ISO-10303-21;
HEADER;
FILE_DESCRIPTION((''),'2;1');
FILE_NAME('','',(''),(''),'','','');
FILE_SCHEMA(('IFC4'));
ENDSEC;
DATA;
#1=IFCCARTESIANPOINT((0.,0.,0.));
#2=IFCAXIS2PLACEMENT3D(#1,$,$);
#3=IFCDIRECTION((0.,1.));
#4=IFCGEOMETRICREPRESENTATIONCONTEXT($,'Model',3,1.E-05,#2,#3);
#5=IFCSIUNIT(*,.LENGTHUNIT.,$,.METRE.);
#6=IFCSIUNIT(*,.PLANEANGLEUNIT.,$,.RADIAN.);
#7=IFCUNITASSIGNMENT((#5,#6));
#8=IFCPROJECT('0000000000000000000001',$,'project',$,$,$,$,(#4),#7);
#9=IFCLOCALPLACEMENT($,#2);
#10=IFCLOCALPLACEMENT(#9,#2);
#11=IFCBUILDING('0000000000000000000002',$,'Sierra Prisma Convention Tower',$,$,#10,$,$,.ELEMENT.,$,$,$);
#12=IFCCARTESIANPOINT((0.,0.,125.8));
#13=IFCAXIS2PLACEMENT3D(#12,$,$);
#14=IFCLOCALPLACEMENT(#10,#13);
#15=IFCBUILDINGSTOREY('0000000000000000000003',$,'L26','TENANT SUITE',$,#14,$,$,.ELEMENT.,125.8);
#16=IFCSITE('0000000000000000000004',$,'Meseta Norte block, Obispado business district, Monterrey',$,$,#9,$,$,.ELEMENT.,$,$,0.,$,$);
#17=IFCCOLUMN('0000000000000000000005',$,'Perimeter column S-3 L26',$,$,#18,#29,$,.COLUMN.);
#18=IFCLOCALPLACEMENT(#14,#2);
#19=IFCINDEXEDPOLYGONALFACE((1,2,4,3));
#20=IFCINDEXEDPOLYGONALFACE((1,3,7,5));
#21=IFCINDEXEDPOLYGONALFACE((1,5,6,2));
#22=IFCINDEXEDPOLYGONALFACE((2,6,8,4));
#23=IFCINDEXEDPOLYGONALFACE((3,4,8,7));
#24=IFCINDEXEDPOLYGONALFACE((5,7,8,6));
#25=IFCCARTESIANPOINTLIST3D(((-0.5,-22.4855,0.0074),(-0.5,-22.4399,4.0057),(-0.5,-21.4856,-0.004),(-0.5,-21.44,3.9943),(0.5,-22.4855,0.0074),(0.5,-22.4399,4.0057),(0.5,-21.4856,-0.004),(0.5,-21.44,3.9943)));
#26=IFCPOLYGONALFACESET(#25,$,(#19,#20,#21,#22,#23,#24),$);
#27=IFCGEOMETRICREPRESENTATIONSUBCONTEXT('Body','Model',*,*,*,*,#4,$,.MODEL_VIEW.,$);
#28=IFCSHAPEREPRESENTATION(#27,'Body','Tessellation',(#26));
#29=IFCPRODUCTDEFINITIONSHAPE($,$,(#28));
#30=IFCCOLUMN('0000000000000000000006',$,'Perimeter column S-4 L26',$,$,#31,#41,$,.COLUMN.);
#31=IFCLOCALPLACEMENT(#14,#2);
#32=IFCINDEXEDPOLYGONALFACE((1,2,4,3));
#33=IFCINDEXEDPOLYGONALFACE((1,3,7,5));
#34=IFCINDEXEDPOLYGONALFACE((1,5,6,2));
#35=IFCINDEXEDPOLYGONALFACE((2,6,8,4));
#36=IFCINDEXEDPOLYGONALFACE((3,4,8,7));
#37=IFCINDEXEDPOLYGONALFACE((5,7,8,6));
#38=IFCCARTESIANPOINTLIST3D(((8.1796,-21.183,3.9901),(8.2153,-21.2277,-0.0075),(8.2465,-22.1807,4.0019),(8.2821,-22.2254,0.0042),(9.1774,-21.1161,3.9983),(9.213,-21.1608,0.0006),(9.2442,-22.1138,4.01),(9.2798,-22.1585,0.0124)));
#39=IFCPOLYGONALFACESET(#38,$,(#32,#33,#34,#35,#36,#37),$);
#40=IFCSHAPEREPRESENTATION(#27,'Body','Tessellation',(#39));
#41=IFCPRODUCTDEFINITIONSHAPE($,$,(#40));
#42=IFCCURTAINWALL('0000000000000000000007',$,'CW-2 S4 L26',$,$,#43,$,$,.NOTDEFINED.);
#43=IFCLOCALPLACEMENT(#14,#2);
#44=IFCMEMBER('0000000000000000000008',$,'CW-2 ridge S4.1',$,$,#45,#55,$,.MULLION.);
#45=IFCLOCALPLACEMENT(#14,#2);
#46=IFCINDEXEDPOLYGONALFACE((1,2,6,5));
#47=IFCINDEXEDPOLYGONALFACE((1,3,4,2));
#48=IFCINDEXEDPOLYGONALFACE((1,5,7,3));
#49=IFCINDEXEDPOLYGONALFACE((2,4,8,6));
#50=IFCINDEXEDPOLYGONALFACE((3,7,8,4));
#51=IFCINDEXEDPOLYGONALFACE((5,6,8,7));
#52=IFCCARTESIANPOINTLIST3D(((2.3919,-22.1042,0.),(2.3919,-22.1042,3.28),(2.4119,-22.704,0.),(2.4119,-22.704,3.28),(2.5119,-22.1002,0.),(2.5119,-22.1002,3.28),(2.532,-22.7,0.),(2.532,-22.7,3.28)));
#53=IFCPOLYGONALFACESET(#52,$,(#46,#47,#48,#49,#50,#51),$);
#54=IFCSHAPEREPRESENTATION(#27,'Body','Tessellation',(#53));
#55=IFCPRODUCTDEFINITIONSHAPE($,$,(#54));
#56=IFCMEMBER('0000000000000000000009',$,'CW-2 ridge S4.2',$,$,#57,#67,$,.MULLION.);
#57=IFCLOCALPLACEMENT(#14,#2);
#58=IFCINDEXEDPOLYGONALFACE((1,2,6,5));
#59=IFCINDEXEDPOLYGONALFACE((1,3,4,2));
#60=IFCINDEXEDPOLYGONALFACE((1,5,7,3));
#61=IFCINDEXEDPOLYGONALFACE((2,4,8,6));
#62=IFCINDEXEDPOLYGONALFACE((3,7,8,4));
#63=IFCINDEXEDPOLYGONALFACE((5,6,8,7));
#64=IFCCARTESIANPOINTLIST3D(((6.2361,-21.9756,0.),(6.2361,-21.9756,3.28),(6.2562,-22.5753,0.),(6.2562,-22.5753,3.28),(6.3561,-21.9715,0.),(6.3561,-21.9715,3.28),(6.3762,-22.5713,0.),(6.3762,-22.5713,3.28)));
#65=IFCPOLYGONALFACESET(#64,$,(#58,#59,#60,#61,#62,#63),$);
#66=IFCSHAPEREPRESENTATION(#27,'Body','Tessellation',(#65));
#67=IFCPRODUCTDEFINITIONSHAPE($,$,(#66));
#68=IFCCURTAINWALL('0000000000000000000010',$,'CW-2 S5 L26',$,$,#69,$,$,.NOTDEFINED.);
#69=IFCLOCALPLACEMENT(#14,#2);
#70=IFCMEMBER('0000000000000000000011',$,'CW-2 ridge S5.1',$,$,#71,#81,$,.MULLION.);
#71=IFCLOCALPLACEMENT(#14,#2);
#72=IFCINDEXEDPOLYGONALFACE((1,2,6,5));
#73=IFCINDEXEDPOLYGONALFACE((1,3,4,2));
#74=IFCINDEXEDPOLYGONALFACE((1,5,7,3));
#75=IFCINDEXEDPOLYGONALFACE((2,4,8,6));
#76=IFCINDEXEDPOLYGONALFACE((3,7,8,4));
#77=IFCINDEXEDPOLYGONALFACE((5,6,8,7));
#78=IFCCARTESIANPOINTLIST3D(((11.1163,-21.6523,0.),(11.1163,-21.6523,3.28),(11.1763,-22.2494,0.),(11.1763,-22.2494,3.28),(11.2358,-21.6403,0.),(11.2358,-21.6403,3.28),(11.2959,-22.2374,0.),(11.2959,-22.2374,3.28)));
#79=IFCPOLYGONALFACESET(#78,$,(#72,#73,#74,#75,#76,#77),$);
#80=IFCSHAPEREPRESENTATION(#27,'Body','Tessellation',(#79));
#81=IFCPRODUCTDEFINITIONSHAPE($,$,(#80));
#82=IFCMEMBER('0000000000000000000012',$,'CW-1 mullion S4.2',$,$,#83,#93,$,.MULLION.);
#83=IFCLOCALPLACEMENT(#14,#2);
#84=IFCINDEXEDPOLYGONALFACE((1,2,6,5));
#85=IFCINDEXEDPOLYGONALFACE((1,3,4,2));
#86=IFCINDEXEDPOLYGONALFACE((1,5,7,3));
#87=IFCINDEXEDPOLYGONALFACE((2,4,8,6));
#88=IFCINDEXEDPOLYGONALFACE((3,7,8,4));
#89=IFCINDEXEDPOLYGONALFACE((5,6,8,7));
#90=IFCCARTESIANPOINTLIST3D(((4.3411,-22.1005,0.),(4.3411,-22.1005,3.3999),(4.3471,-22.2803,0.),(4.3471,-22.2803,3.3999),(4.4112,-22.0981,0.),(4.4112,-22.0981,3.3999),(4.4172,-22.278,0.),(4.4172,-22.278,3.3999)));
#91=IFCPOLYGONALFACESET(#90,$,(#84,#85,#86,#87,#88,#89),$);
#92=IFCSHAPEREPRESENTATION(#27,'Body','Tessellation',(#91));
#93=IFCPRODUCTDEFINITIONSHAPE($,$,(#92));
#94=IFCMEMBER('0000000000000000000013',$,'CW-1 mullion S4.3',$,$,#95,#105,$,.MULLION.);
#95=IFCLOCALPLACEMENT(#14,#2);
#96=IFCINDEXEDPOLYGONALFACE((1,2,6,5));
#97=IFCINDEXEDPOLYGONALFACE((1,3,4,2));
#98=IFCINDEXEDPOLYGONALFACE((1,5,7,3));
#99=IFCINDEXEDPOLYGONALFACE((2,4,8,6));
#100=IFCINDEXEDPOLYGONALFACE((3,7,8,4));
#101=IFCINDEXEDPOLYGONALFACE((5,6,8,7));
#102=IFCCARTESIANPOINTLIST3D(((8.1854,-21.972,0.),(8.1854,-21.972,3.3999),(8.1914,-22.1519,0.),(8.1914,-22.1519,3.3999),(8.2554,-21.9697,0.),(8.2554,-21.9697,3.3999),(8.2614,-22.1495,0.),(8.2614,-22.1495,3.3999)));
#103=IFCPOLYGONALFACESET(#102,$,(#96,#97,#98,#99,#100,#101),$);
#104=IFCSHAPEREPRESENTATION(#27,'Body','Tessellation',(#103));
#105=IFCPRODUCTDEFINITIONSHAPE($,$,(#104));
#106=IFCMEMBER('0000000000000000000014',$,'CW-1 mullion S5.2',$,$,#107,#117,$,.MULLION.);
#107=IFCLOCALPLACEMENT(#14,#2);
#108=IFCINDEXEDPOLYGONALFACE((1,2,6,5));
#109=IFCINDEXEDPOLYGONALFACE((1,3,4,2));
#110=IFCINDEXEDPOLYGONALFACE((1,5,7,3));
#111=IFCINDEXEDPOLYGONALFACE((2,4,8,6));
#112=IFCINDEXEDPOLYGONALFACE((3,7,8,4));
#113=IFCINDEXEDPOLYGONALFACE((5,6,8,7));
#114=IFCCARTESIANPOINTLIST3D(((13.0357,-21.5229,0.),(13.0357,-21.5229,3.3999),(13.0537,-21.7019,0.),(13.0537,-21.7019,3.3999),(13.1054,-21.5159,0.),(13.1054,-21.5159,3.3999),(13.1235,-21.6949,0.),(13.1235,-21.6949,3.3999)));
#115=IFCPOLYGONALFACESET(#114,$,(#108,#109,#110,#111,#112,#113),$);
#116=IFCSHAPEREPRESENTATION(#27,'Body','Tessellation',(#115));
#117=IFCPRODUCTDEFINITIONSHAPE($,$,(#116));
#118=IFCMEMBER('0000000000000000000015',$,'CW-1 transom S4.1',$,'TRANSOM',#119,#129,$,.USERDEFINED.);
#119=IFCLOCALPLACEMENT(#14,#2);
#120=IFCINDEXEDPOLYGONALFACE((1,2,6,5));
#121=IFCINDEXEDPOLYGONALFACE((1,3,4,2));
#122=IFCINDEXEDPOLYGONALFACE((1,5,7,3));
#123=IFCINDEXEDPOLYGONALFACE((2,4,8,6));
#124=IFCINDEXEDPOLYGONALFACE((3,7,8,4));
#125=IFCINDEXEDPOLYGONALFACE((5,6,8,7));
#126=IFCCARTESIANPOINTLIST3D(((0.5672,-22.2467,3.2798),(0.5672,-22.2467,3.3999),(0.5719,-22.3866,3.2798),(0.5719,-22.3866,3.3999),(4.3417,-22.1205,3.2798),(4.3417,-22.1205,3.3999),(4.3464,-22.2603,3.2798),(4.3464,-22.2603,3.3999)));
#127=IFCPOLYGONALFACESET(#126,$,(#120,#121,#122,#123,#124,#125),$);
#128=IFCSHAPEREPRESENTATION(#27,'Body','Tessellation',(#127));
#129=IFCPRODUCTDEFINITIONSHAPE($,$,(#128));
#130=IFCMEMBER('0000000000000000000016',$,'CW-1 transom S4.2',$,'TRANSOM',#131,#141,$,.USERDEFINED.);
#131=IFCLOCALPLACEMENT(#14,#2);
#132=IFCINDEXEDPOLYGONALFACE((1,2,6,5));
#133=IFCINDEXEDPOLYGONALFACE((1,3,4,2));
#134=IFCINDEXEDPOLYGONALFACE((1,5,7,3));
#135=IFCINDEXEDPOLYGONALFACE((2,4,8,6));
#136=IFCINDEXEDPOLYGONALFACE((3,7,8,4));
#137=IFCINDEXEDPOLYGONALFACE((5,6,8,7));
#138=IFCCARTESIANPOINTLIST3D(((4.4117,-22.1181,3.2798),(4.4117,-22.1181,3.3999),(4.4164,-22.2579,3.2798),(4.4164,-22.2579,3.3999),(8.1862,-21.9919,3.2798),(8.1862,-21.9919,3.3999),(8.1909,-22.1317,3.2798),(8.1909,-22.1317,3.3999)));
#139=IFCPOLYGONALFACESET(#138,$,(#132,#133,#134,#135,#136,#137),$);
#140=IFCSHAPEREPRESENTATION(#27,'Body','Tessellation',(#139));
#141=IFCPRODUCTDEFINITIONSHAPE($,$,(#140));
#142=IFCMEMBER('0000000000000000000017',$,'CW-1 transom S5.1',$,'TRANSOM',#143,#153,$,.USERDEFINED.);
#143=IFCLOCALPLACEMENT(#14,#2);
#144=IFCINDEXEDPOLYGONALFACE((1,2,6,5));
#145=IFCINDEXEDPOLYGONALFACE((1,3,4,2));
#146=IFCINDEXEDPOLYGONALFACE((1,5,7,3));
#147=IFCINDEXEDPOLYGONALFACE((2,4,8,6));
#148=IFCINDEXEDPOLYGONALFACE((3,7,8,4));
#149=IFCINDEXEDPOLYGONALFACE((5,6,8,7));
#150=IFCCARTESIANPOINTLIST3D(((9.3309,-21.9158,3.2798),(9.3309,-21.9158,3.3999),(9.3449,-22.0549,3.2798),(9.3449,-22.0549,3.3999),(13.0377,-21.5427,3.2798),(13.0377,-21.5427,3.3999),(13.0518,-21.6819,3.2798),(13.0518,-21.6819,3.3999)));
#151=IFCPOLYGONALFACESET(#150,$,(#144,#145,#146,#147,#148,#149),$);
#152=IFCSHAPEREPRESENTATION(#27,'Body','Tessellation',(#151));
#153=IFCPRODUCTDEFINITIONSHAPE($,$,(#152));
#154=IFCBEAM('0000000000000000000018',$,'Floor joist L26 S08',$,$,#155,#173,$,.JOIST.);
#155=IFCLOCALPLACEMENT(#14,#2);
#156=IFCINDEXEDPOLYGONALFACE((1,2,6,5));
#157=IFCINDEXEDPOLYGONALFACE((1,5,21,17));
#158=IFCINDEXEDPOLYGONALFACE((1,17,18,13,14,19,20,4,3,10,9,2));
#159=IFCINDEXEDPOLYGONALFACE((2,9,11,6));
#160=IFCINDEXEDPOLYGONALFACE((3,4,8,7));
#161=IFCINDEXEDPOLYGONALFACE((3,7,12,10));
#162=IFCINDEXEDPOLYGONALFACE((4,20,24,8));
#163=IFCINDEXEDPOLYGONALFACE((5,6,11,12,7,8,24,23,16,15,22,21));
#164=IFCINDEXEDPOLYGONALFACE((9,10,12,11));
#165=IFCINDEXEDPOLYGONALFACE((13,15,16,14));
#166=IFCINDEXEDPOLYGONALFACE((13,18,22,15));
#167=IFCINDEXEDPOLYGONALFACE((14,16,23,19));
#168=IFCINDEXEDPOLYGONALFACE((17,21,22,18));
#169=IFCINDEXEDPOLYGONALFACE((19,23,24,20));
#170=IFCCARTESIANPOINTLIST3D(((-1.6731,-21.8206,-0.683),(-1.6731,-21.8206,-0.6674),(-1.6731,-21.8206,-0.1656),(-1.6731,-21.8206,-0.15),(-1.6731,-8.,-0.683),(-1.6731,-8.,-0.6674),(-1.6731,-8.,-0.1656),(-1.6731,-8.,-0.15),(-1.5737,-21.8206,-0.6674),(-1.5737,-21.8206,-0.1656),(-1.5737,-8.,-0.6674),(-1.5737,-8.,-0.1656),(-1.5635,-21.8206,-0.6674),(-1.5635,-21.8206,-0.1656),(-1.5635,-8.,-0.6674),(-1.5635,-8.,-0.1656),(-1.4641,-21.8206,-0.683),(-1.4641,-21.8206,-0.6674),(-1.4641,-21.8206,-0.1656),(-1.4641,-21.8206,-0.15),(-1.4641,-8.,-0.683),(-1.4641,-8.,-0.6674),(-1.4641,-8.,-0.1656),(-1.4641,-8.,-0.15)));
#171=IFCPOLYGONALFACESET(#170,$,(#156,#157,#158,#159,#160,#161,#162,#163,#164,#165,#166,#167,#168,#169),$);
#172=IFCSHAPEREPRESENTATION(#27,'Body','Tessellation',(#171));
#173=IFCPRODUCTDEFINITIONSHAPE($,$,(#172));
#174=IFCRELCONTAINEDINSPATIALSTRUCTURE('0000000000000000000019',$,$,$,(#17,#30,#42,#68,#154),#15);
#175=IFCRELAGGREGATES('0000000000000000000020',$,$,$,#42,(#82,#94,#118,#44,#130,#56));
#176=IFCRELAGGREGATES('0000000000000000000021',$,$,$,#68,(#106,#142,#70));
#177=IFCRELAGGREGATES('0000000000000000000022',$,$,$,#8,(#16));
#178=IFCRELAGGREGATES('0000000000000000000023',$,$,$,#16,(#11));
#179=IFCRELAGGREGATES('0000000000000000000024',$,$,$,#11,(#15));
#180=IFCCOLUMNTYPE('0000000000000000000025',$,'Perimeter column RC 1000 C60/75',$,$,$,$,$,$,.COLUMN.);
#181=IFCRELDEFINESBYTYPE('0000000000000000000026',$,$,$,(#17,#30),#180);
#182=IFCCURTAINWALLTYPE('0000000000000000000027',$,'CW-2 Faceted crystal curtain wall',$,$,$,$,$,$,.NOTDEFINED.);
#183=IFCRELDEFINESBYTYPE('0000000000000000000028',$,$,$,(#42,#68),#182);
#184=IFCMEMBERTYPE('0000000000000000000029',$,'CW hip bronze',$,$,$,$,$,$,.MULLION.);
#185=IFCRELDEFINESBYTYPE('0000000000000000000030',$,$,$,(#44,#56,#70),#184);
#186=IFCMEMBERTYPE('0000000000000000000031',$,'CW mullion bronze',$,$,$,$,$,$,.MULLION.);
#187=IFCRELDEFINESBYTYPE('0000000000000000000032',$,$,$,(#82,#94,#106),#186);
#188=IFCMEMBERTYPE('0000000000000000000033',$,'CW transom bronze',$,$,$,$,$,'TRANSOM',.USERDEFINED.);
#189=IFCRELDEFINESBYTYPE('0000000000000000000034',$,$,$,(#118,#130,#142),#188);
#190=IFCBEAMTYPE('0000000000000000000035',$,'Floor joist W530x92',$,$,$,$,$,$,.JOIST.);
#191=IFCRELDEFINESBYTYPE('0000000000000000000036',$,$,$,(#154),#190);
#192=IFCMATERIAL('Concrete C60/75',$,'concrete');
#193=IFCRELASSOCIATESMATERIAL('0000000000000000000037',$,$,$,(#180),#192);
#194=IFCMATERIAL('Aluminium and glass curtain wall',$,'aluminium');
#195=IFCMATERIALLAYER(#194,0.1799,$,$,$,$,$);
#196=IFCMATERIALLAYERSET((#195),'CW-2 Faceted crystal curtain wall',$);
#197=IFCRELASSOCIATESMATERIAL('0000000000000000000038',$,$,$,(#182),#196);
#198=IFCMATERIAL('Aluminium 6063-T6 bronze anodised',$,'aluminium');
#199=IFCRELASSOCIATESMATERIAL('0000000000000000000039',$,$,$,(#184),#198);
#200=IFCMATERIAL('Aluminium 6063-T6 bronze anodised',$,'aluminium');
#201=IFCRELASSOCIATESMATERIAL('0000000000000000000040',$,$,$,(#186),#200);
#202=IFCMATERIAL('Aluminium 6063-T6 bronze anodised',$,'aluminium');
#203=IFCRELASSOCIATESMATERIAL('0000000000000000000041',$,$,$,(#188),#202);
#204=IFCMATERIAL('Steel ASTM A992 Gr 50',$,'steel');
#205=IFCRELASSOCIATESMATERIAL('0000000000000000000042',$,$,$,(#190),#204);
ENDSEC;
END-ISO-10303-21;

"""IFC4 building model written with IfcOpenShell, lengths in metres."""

from ifc_helpers import new_model, si_unit, direction, frame, origin, origin_2d, place, context, subcontext, project, spatial, rectangle, i_section, extrude, clip, halfspace, material, layer, layer_set, material_profile, profile_set, type_object, element, aggregate, save


model = new_model("IFC4")

# Units and contexts
model_context = context("Model", 3, precision=1e-05, world=origin(), true_north=direction((0.0, 1.0)))
body_context = subcontext(model_context, "Body", "Model", "MODEL_VIEW")
ifc_project = project(units=[si_unit("LENGTHUNIT", "METRE"), si_unit("PLANEANGLEUNIT", "RADIAN")], contexts=[model_context])

# Site, building, storey
site_placement = place(None, origin())
site = spatial("IfcSite", under=ifc_project, at=site_placement, Name="Meseta Norte block, Obispado business district, Monterrey", CompositionType="ELEMENT", RefElevation=0.0)
building_placement = place(site_placement, origin())
building = spatial("IfcBuilding", under=site, at=building_placement, Name="Sierra Prisma Convention Tower", CompositionType="ELEMENT")
storey_placement = place(building_placement, frame((0.0, 0.0, 125.8)))
storey = spatial("IfcBuildingStorey", under=building, at=storey_placement, Name="L26", Description="TENANT SUITE", CompositionType="ELEMENT", Elevation=125.8)

# Columns
ifc_material_1 = material(Name="Concrete C60/75", Category="concrete")
ifc_material_profile_1 = material_profile(ifc_material_1, rectangle(XDim=1.0, YDim=1.0, at=origin_2d()), Name="Perimeter column RC 1000 C60/75")
ifc_profile_set_1 = profile_set([ifc_material_profile_1], Name="Concrete C60/75")
column_type = type_object("IfcColumnType", Name="Perimeter column RC 1000 C60/75", PredefinedType="COLUMN", material=ifc_profile_set_1)
column_1_placement = place(storey_placement, frame((0.0, -21.9856, 0.0), z_axis=(0.0, 0.011413, 0.999935), x_axis=(1.0, 0.0, 0.0)))
element("IfcColumn", 1, at=column_1_placement, inside=storey, type_object=column_type, Name="Perimeter column S-3 L26", PredefinedType="COLUMN", context=body_context, shape_type="SweptSolid", body=[
    clip(extrude(rectangle(XDim=1.0, YDim=1.0, at=origin_2d()), origin(), (0.0, 0.0, 1.0), 4.0002), halfspace(frame((0.0, 0.0, 0.0017)), True)),
])
column_2_placement = place(storey_placement, frame((8.7476, -21.6931, 0.0), z_axis=(-0.00891, 0.011168, 0.999898), x_axis=(0.997726, 0.066902, 0.008144)))
element("IfcColumn", 2, at=column_2_placement, inside=storey, type_object=column_type, Name="Perimeter column S-4 L26", PredefinedType="COLUMN", context=body_context, shape_type="SweptSolid", body=[
    clip(extrude(rectangle(XDim=1.0, YDim=1.0, at=origin_2d()), origin(), (0.0, 0.0, 1.0), 4.0005), halfspace(frame((0.0, 0.0, 0.0024)), True)),
])

# Curtain wall, members
ifc_material_2 = material(Name="Aluminium and glass curtain wall", Category="aluminium")
ifc_layer_1 = layer(ifc_material_2, 0.1799)
ifc_layer_set_1 = layer_set([ifc_layer_1], Name="CW-2 Faceted crystal curtain wall")
curtain_wall_type_1 = type_object("IfcCurtainWallType", Name="CW-2 Faceted crystal curtain wall", PredefinedType="NOTDEFINED", material=ifc_layer_set_1)
curtain_wall_1_placement = place(storey_placement, origin())
curtain_wall_1 = element("IfcCurtainWall", 3, at=curtain_wall_1_placement, inside=storey, type_object=curtain_wall_type_1, Name="CW-2 S4 L26", PredefinedType="NOTDEFINED")
ifc_material_3 = material(Name="Aluminium 6063-T6 bronze anodised", Category="aluminium")
ifc_material_profile_2 = material_profile(ifc_material_3, rectangle(XDim=0.1201, YDim=0.6001, at=origin_2d()), Name="ALU RIDGE BLADE 120x600")
ifc_profile_set_2 = profile_set([ifc_material_profile_2], Name="Aluminium 6063-T6 bronze anodised")
member_type_1 = type_object("IfcMemberType", Name="CW hip bronze", PredefinedType="MULLION", material=ifc_profile_set_2)
member_1_placement = place(storey_placement, frame((2.4619, -22.4021, 0.0), z_axis=(0.0, 0.0, 1.0), x_axis=(0.999441, 0.033422, 0.0)))
member_1 = element("IfcMember", 4, at=member_1_placement, type_object=member_type_1, Name="CW-2 ridge S4.1", PredefinedType="MULLION", context=body_context, shape_type="SweptSolid", body=[
    extrude(rectangle(XDim=0.1201, YDim=0.6001, at=origin_2d()), origin(), (0.0, 0.0, 1.0), 3.28),
])
member_2_placement = place(storey_placement, frame((6.3062, -22.2734, 0.0), z_axis=(0.0, 0.0, 1.0), x_axis=(0.999441, 0.033422, 0.0)))
member_2 = element("IfcMember", 5, at=member_2_placement, type_object=member_type_1, Name="CW-2 ridge S4.2", PredefinedType="MULLION", context=body_context, shape_type="SweptSolid", body=[
    extrude(rectangle(XDim=0.1201, YDim=0.6001, at=origin_2d()), origin(), (0.0, 0.0, 1.0), 3.28),
])

# Curtain wall, member
curtain_wall_2_placement = place(storey_placement, origin())
curtain_wall_2 = element("IfcCurtainWall", 6, at=curtain_wall_2_placement, inside=storey, type_object=curtain_wall_type_1, Name="CW-2 S5 L26", PredefinedType="NOTDEFINED")
member_3_placement = place(storey_placement, frame((11.2061, -21.9448, 0.0), z_axis=(0.0, 0.0, 1.0), x_axis=(0.994976, 0.100118, 0.0)))
member_3 = element("IfcMember", 7, at=member_3_placement, type_object=member_type_1, Name="CW-2 ridge S5.1", PredefinedType="MULLION", context=body_context, shape_type="SweptSolid", body=[
    extrude(rectangle(XDim=0.1201, YDim=0.6001, at=origin_2d()), origin(), (0.0, 0.0, 1.0), 3.28),
])

# Members
ifc_material_4 = material(Name="Aluminium 6063-T6 bronze anodised", Category="aluminium")
ifc_material_profile_3 = material_profile(ifc_material_4, rectangle(XDim=0.1799, YDim=0.0701, at=origin_2d()), Name="ALU MULLION 70x180")
ifc_profile_set_3 = profile_set([ifc_material_profile_3], Name="Aluminium 6063-T6 bronze anodised")
member_type_2 = type_object("IfcMemberType", Name="CW mullion bronze", PredefinedType="MULLION", material=ifc_profile_set_3)
member_4_placement = place(storey_placement, frame((4.3792, -22.1892, 0.0), z_axis=(0.0, 0.0, 1.0), x_axis=(-0.033422, 0.999441, 0.0)))
member_4 = element("IfcMember", 8, at=member_4_placement, type_object=member_type_2, Name="CW-1 mullion S4.2", PredefinedType="MULLION", context=body_context, shape_type="SweptSolid", body=[
    extrude(rectangle(XDim=0.1799, YDim=0.0701, at=origin_2d()), origin(), (0.0, 0.0, 1.0), 3.3999),
])
member_5_placement = place(storey_placement, frame((8.2234, -22.0608, 0.0), z_axis=(0.0, 0.0, 1.0), x_axis=(-0.033422, 0.999441, 0.0)))
member_5 = element("IfcMember", 9, at=member_5_placement, type_object=member_type_2, Name="CW-1 mullion S4.3", PredefinedType="MULLION", context=body_context, shape_type="SweptSolid", body=[
    extrude(rectangle(XDim=0.1799, YDim=0.0701, at=origin_2d()), origin(), (0.0, 0.0, 1.0), 3.3999),
])
member_6_placement = place(storey_placement, frame((13.0796, -21.6089, 0.0), z_axis=(0.0, 0.0, 1.0), x_axis=(-0.100118, 0.994976, 0.0)))
member_6 = element("IfcMember", 10, at=member_6_placement, type_object=member_type_2, Name="CW-1 mullion S5.2", PredefinedType="MULLION", context=body_context, shape_type="SweptSolid", body=[
    extrude(rectangle(XDim=0.1799, YDim=0.0701, at=origin_2d()), origin(), (0.0, 0.0, 1.0), 3.3999),
])
ifc_material_5 = material(Name="Aluminium 6063-T6 bronze anodised", Category="aluminium")
ifc_material_profile_4 = material_profile(ifc_material_5, rectangle(XDim=0.1399, YDim=0.1201, at=origin_2d()), Name="ALU TRANSOM 120x140")
ifc_profile_set_4 = profile_set([ifc_material_profile_4], Name="Aluminium 6063-T6 bronze anodised")
member_type_3 = type_object("IfcMemberType", Name="CW transom bronze", ElementType="TRANSOM", PredefinedType="USERDEFINED", material=ifc_profile_set_4)
member_7_placement = place(storey_placement, frame((0.5696, -22.3167, 3.3398), z_axis=(0.999441, 0.033422, 0.0), x_axis=(-0.033422, 0.999441, 0.0)))
member_7 = element("IfcMember", 11, at=member_7_placement, type_object=member_type_3, Name="CW-1 transom S4.1", ObjectType="TRANSOM", PredefinedType="USERDEFINED", context=body_context, shape_type="SweptSolid", body=[
    extrude(rectangle(XDim=0.1399, YDim=0.1201, at=origin_2d()), origin(), (0.0, 0.0, 1.0), 3.7766),
])
member_8_placement = place(storey_placement, frame((4.4141, -22.188, 3.3398), z_axis=(0.999441, 0.033422, 0.0), x_axis=(-0.033422, 0.999441, 0.0)))
member_8 = element("IfcMember", 12, at=member_8_placement, type_object=member_type_3, Name="CW-1 transom S4.2", ObjectType="TRANSOM", PredefinedType="USERDEFINED", context=body_context, shape_type="SweptSolid", body=[
    extrude(rectangle(XDim=0.1399, YDim=0.1201, at=origin_2d()), origin(), (0.0, 0.0, 1.0), 3.7766),
])
member_9_placement = place(storey_placement, frame((9.3379, -21.9854, 3.3398), z_axis=(0.994974, 0.100133, 0.0), x_axis=(-0.100133, 0.994974, 0.0)))
member_9 = element("IfcMember", 13, at=member_9_placement, type_object=member_type_3, Name="CW-1 transom S5.1", ObjectType="TRANSOM", PredefinedType="USERDEFINED", context=body_context, shape_type="SweptSolid", body=[
    extrude(rectangle(XDim=0.1399, YDim=0.1201, at=origin_2d()), origin(), (0.0, 0.0, 1.0), 3.7256),
])

# Beam
ifc_material_6 = material(Name="Steel ASTM A992 Gr 50", Category="steel")
ifc_material_profile_5 = material_profile(ifc_material_6, i_section(OverallWidth=0.209, OverallDepth=0.533, WebThickness=0.0103, FlangeThickness=0.0156, at=origin_2d()), Name="W530x92")
ifc_profile_set_5 = profile_set([ifc_material_profile_5], Name="Steel ASTM A992 Gr 50")
beam_type_1 = type_object("IfcBeamType", Name="Floor joist W530x92", PredefinedType="JOIST", material=ifc_profile_set_5)
for number, where, z_axis, x_axis, name in (
    (14, (-1.5686, -21.8206, -0.4165), (0.0, 1.0, 0.0), (-1.0, 0.0, 0.0), "Floor joist L26 S08"),
):
    element("IfcBeam", number, at=place(storey_placement, frame(where, z_axis=z_axis, x_axis=x_axis)), inside=storey, type_object=beam_type_1, Name=name, PredefinedType="JOIST", context=body_context, shape_type="SweptSolid", body=[
        extrude(i_section(OverallWidth=0.209, OverallDepth=0.533, WebThickness=0.0103, FlangeThickness=0.0156, at=origin_2d()), origin(), (0.0, 0.0, 1.0), 13.8206),
    ])

aggregate(curtain_wall_1, [member_4, member_5, member_7, member_1, member_8, member_2])
aggregate(curtain_wall_2, [member_6, member_9, member_3])

save(model, "model.ifc")
